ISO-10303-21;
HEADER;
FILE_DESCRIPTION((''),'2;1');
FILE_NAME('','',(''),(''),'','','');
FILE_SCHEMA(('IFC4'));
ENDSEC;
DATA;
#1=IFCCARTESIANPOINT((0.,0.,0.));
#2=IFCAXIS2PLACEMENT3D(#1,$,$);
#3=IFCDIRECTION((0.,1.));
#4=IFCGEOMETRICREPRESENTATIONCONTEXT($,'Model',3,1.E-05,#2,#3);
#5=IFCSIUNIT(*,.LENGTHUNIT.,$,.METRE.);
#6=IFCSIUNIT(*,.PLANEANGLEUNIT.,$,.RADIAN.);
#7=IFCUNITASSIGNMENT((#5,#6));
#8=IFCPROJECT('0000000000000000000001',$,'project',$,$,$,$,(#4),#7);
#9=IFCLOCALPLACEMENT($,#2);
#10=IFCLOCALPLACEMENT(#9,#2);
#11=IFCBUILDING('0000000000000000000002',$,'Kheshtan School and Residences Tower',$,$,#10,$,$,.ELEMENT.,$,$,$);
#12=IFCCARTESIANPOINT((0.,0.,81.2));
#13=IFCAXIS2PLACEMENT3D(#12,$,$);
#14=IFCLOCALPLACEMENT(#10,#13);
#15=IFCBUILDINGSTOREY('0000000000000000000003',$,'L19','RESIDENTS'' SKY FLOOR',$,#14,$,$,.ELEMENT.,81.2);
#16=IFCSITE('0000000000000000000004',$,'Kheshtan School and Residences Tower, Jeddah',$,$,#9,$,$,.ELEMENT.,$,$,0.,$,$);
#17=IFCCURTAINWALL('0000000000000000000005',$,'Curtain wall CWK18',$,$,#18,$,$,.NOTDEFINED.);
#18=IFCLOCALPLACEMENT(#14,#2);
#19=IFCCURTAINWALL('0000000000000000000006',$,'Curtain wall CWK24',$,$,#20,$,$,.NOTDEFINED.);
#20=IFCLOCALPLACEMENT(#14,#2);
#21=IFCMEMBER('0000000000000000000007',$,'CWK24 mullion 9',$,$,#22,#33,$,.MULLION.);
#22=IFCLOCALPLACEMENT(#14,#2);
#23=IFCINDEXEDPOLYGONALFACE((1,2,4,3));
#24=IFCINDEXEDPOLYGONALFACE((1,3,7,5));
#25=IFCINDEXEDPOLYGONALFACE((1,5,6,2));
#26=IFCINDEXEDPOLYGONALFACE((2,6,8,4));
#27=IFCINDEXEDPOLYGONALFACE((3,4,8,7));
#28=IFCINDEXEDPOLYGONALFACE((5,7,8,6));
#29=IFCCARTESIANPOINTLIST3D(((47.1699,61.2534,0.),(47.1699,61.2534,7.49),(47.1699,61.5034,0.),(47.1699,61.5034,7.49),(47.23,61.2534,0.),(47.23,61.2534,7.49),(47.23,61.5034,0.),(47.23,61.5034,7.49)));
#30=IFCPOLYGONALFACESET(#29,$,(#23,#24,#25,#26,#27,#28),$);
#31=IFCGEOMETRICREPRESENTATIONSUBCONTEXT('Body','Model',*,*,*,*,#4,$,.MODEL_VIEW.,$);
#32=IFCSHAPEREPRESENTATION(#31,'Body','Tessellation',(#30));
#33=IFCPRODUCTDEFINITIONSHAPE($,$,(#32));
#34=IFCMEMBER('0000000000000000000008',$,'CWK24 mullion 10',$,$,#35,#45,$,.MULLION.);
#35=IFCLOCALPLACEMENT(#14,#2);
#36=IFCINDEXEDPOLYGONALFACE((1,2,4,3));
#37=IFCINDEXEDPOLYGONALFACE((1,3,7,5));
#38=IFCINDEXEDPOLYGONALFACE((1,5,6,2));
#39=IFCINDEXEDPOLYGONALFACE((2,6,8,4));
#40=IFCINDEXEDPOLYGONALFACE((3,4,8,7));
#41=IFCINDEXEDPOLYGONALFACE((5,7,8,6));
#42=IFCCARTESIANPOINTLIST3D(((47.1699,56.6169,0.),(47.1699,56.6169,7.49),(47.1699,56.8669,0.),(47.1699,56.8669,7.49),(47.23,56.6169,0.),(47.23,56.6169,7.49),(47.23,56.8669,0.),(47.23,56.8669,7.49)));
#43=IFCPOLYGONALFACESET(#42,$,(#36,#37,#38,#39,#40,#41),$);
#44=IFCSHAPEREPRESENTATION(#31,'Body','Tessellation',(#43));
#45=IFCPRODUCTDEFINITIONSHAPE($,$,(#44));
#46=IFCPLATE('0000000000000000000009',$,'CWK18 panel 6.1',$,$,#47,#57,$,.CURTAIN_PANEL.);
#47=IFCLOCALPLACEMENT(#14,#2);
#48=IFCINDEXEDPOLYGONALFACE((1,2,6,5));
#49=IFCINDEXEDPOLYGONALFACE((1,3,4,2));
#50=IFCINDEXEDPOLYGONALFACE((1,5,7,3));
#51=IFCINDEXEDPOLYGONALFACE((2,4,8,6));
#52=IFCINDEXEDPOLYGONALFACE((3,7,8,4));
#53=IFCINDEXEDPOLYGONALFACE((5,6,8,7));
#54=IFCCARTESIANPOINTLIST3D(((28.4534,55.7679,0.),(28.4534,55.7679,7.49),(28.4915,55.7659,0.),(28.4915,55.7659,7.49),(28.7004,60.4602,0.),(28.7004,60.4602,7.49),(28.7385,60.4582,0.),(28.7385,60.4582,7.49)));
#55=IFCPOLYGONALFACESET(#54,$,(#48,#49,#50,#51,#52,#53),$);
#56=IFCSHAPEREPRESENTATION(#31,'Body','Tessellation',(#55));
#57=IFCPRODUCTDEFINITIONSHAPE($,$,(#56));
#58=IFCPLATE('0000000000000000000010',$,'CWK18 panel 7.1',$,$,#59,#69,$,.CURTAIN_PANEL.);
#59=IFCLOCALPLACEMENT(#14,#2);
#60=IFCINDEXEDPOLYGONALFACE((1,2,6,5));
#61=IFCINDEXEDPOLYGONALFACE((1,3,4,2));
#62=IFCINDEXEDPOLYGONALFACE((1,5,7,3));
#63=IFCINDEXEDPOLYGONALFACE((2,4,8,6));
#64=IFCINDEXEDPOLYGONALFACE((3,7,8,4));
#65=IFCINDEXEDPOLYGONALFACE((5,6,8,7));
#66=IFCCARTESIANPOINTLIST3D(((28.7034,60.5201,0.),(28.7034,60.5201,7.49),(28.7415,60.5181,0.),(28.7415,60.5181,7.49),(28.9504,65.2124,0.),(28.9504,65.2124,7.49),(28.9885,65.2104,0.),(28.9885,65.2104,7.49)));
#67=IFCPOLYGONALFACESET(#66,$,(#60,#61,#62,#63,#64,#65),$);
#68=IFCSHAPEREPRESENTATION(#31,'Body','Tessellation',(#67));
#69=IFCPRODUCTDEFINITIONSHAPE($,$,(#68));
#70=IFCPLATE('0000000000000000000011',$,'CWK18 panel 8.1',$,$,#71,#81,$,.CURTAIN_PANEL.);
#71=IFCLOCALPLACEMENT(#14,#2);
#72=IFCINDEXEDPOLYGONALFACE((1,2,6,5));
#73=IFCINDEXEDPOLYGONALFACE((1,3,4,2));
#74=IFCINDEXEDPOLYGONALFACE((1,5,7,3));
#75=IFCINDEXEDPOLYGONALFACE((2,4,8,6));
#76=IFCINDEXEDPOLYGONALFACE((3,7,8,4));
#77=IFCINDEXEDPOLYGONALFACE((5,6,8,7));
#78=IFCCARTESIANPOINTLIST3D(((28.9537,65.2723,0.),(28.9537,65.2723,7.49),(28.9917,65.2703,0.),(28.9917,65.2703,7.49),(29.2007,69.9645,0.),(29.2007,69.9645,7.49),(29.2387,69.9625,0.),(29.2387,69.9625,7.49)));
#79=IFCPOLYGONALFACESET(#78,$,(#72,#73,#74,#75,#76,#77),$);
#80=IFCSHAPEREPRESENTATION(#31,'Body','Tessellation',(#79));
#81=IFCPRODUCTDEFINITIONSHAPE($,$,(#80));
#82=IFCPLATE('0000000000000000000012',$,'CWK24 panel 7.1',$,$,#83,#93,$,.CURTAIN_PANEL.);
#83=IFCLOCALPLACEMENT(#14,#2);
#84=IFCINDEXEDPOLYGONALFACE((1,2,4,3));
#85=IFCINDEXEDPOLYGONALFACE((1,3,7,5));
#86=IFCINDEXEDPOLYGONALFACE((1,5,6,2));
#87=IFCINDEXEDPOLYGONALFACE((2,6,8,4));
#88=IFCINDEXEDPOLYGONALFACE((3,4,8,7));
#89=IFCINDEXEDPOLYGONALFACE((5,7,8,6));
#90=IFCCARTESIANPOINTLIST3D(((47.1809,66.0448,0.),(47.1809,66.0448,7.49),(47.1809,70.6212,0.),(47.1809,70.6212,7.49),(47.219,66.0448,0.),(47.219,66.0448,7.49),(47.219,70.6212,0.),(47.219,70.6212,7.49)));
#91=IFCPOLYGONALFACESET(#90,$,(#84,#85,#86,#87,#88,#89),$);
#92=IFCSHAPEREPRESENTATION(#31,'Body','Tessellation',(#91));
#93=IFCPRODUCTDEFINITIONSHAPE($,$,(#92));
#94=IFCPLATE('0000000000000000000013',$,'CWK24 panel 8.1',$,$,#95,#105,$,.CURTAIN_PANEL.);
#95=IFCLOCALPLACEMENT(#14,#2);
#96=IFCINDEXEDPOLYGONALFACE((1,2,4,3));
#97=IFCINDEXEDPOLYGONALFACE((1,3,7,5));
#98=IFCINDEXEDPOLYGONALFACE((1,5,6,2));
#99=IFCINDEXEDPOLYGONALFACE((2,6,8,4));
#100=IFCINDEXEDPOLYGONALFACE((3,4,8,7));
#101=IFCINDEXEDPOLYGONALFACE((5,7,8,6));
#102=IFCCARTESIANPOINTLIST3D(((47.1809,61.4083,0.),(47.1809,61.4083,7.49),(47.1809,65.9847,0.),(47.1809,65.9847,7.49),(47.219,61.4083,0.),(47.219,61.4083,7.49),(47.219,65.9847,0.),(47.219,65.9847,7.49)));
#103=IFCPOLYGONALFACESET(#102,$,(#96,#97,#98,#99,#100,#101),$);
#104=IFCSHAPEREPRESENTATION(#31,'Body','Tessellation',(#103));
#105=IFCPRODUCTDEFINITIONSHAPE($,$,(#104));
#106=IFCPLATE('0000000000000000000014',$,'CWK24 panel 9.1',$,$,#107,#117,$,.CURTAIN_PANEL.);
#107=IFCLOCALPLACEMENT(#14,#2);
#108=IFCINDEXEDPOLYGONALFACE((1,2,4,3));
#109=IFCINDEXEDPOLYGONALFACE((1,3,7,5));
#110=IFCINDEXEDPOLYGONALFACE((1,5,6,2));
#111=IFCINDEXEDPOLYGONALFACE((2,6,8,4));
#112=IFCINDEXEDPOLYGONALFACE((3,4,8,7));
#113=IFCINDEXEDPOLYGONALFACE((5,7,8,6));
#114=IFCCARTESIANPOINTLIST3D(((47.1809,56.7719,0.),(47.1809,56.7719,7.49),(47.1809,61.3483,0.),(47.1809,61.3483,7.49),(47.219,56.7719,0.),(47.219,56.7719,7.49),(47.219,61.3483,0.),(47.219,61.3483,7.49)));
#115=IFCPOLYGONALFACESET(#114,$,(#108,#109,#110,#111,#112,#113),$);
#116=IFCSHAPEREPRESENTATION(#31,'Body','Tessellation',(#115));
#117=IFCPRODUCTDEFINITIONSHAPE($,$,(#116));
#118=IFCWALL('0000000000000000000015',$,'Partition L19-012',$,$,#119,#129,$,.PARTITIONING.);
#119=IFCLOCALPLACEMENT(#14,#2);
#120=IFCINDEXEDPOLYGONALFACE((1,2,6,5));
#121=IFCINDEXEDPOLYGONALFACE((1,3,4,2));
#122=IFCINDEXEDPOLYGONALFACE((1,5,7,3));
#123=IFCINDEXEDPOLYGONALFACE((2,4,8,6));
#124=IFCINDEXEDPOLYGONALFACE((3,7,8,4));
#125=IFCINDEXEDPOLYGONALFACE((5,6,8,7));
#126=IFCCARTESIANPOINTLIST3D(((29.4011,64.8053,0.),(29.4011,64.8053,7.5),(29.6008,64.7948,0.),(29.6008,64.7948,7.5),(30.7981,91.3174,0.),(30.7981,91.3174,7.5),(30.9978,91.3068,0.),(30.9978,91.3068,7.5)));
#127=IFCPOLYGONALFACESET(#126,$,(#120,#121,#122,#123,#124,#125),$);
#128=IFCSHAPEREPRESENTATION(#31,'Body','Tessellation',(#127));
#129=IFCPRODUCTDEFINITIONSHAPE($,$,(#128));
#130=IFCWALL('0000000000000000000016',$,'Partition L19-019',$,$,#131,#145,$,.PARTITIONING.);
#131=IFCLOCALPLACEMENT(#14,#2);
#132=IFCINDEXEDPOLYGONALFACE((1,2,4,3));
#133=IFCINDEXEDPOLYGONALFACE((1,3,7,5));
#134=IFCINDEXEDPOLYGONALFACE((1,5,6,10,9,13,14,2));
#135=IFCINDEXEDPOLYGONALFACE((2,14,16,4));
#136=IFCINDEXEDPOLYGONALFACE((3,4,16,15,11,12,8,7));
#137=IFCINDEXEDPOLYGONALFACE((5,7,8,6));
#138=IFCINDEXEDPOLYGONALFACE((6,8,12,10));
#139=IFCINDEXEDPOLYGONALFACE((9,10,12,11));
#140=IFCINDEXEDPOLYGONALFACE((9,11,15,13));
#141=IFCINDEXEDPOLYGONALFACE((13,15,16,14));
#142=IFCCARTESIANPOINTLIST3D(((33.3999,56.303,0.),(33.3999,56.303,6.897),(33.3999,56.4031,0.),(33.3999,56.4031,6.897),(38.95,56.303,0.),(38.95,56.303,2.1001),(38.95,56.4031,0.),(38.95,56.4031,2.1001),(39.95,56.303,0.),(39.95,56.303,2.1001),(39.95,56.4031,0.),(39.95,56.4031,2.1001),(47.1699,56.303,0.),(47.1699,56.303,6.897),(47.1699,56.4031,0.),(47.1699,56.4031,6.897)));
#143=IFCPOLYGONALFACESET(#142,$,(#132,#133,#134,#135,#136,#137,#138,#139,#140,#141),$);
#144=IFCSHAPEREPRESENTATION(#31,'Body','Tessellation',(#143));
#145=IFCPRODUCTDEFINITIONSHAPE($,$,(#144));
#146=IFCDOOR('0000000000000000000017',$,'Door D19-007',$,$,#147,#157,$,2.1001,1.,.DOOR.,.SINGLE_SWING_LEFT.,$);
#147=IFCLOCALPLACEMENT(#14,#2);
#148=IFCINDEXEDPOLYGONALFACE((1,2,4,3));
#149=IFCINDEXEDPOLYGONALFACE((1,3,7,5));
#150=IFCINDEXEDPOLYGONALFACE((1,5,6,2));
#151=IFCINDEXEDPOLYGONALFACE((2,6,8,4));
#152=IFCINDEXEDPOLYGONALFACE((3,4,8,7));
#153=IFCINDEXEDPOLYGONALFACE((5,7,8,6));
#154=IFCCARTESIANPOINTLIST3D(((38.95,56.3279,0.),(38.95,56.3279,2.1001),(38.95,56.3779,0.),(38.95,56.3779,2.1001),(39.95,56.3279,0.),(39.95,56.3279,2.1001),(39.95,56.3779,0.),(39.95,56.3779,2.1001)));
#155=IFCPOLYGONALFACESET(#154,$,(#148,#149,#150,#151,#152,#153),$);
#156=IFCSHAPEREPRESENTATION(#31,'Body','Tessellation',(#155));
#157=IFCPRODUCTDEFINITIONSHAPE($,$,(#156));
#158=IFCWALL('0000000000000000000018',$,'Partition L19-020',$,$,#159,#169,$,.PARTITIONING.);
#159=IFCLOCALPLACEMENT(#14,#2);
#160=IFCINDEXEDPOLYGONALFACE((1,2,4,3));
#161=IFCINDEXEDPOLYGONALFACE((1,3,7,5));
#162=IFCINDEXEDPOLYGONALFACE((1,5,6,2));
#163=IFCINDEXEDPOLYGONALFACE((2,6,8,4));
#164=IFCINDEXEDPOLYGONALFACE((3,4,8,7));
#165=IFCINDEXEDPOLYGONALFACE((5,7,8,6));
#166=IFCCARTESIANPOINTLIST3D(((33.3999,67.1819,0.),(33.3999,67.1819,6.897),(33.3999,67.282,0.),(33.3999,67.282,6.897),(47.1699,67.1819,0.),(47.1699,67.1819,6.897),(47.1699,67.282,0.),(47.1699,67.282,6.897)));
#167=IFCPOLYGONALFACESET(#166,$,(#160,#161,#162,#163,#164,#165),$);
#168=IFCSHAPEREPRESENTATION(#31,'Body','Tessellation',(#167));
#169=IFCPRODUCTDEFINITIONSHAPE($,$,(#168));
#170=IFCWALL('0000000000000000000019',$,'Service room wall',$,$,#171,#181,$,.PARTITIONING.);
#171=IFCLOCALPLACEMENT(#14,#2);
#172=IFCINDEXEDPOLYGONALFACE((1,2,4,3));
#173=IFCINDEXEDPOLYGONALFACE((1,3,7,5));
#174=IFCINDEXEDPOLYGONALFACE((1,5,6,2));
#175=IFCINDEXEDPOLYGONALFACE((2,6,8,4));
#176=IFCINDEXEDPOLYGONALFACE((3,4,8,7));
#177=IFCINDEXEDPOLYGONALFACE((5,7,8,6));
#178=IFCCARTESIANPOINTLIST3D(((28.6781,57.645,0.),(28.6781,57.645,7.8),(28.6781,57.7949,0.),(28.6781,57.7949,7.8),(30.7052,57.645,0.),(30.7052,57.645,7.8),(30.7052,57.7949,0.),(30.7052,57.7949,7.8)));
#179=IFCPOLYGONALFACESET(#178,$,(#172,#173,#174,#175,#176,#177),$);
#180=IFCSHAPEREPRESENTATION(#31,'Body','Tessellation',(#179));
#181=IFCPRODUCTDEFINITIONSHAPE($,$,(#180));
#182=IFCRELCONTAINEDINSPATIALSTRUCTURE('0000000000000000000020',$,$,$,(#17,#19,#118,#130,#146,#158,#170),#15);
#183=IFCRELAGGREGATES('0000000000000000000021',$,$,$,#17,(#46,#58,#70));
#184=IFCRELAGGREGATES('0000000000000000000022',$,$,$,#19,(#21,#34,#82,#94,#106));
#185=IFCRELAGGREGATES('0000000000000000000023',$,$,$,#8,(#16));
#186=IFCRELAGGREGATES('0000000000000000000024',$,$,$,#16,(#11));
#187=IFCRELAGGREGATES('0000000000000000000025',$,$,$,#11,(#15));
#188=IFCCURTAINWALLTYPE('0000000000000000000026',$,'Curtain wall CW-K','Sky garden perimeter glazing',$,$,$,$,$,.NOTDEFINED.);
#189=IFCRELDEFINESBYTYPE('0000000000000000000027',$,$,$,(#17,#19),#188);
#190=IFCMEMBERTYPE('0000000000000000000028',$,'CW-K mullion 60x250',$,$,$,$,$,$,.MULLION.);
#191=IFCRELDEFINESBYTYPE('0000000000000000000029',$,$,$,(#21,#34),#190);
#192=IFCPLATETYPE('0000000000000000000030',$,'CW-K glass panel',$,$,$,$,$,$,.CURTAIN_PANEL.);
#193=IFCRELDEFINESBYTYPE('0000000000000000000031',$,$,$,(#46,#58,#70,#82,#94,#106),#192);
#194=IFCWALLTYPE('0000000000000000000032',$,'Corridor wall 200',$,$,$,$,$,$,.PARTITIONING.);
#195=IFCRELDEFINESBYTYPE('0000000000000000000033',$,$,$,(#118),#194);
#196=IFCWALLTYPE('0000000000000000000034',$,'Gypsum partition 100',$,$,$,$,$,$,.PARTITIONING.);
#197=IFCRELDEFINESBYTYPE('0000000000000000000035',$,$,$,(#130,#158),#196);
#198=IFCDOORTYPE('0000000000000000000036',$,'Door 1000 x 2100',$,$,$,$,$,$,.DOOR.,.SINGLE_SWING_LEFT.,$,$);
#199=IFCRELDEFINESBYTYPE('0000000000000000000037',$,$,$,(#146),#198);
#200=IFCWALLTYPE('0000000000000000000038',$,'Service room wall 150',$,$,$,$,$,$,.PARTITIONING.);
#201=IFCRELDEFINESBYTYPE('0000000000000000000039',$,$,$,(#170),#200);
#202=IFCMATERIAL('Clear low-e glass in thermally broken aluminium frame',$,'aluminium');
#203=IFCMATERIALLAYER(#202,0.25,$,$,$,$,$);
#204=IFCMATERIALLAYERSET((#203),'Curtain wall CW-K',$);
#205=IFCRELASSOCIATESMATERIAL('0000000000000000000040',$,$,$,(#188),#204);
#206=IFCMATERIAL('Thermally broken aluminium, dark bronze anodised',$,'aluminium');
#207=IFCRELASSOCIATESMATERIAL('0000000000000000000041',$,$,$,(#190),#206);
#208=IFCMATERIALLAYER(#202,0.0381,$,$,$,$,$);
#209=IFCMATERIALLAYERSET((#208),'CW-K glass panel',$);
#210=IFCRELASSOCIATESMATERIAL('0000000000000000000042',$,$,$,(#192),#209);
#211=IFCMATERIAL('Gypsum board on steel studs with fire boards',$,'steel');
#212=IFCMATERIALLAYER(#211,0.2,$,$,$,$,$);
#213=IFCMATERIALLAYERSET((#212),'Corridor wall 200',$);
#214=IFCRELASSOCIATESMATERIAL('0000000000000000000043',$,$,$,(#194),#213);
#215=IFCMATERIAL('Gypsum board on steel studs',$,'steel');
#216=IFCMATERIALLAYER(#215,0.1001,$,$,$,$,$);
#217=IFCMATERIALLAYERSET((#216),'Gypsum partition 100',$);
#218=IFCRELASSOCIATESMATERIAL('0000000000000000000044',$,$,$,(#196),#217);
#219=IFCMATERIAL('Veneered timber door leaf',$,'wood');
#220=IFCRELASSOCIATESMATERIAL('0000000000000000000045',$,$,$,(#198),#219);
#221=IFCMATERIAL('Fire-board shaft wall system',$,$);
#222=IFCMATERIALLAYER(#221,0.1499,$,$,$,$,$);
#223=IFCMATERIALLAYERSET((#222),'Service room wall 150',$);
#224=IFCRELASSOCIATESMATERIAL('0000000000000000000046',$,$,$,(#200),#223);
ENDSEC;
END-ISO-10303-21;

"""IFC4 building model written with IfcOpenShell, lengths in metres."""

from ifc_helpers import new_model, si_unit, direction, frame, frame_2d, origin, origin_2d, place, context, subcontext, project, spatial, rectangle, extrude, source, transform, mapped, material, layer, layer_set, material_profile, profile_set, type_object, element, fill, aggregate, save


model = new_model("IFC4")

# Units and contexts
model_context = context("Model", 3, precision=1e-05, world=origin(), true_north=direction((0.0, 1.0)))
body_context = subcontext(model_context, "Body", "Model", "MODEL_VIEW")
ifc_project = project(units=[si_unit("LENGTHUNIT", "METRE"), si_unit("PLANEANGLEUNIT", "RADIAN")], contexts=[model_context])

# Site, building, storey
site_placement = place(None, origin())
site = spatial("IfcSite", under=ifc_project, at=site_placement, Name="Kheshtan School and Residences Tower, Jeddah", CompositionType="ELEMENT", RefElevation=0.0)
building_placement = place(site_placement, origin())
building = spatial("IfcBuilding", under=site, at=building_placement, Name="Kheshtan School and Residences Tower", CompositionType="ELEMENT")
storey_placement = place(building_placement, frame((0.0, 0.0, 81.2)))
storey = spatial("IfcBuildingStorey", under=building, at=storey_placement, Name="L19", Description="RESIDENTS' SKY FLOOR", CompositionType="ELEMENT", Elevation=81.2)

# Curtain walls, members
ifc_material_1 = material(Name="Clear low-e glass in thermally broken aluminium frame", Category="aluminium")
ifc_layer_1 = layer(ifc_material_1, 0.25)
ifc_layer_set_1 = layer_set([ifc_layer_1], Name="Curtain wall CW-K")
curtain_wall_type = type_object("IfcCurtainWallType", Name="Curtain wall CW-K", Description="Sky garden perimeter glazing", PredefinedType="NOTDEFINED", material=ifc_layer_set_1)
curtain_wall_1_placement = place(storey_placement, origin())
curtain_wall_1 = element("IfcCurtainWall", 1, at=curtain_wall_1_placement, inside=storey, type_object=curtain_wall_type, Name="Curtain wall CWK18", PredefinedType="NOTDEFINED")
ifc_material_2 = material(Name="Thermally broken aluminium, dark bronze anodised", Category="aluminium")
ifc_material_profile_1 = material_profile(ifc_material_2, rectangle(XDim=0.0601, YDim=0.25, at=origin_2d()), Name="CW-K mullion 60x250")
ifc_profile_set_1 = profile_set([ifc_material_profile_1], Name="Thermally broken aluminium, dark bronze anodised")
member_type = type_object("IfcMemberType", Name="CW-K mullion 60x250", PredefinedType="MULLION", material=ifc_profile_set_1)
curtain_wall_2_placement = place(storey_placement, origin())
curtain_wall_2 = element("IfcCurtainWall", 2, at=curtain_wall_2_placement, inside=storey, type_object=curtain_wall_type, Name="Curtain wall CWK24", PredefinedType="NOTDEFINED")
member_1_placement = place(storey_placement, frame((47.2, 61.3784, 0.0), z_axis=(0.0, 0.0, 1.0), x_axis=(1.0, 0.0, 0.0)))
member_1 = element("IfcMember", 3, at=member_1_placement, type_object=member_type, Name="CWK24 mullion 9", PredefinedType="MULLION", context=body_context, shape_type="SweptSolid", body=[
    extrude(rectangle(XDim=0.0601, YDim=0.25, at=origin_2d()), origin(), (0.0, 0.0, 1.0), 7.49),
])
member_2_placement = place(storey_placement, frame((47.2, 56.7419, 0.0), z_axis=(0.0, 0.0, 1.0), x_axis=(1.0, 0.0, 0.0)))
member_2 = element("IfcMember", 4, at=member_2_placement, type_object=member_type, Name="CWK24 mullion 10", PredefinedType="MULLION", context=body_context, shape_type="SweptSolid", body=[
    extrude(rectangle(XDim=0.0601, YDim=0.25, at=origin_2d()), origin(), (0.0, 0.0, 1.0), 7.49),
])

# Plates
ifc_layer_2 = layer(ifc_material_1, 0.0381)
ifc_layer_set_2 = layer_set([ifc_layer_2], Name="CW-K glass panel")
plate_type = type_object("IfcPlateType", Name="CW-K glass panel", PredefinedType="CURTAIN_PANEL", material=ifc_layer_set_2)
plate_1_placement = place(storey_placement, frame((28.5959, 58.113, 0.0), z_axis=(0.0, 0.0, 1.0), x_axis=(0.052565, 0.998617, 0.0)))
plate_1 = element("IfcPlate", 5, at=plate_1_placement, type_object=plate_type, Name="CWK18 panel 6.1", PredefinedType="CURTAIN_PANEL", context=body_context, shape_type="SweptSolid", body=[
    extrude(rectangle(XDim=4.6987, YDim=0.0381, at=origin_2d()), origin(), (0.0, 0.0, 1.0), 7.49),
])
plate_2_placement = place(storey_placement, frame((28.8459, 62.8652, 0.0), z_axis=(0.0, 0.0, 1.0), x_axis=(0.052565, 0.998617, 0.0)))
plate_2 = element("IfcPlate", 6, at=plate_2_placement, type_object=plate_type, Name="CWK18 panel 7.1", PredefinedType="CURTAIN_PANEL", context=body_context, shape_type="SweptSolid", body=[
    extrude(rectangle(XDim=4.6987, YDim=0.0381, at=origin_2d()), origin(), (0.0, 0.0, 1.0), 7.49),
])
plate_3_placement = place(storey_placement, frame((29.0962, 67.6174, 0.0), z_axis=(0.0, 0.0, 1.0), x_axis=(0.052565, 0.998617, 0.0)))
plate_3 = element("IfcPlate", 7, at=plate_3_placement, type_object=plate_type, Name="CWK18 panel 8.1", PredefinedType="CURTAIN_PANEL", context=body_context, shape_type="SweptSolid", body=[
    extrude(rectangle(XDim=4.6987, YDim=0.0381, at=origin_2d()), origin(), (0.0, 0.0, 1.0), 7.49),
])
aggregate(curtain_wall_1, [plate_1, plate_2, plate_3])
plate_4_placement = place(storey_placement, frame((47.2, 68.333, 0.0), z_axis=(0.0, 0.0, 1.0), x_axis=(0.0, -1.0, 0.0)))
plate_4 = element("IfcPlate", 8, at=plate_4_placement, type_object=plate_type, Name="CWK24 panel 7.1", PredefinedType="CURTAIN_PANEL", context=body_context, shape_type="SweptSolid", body=[
    extrude(rectangle(XDim=4.5764, YDim=0.0381, at=origin_2d()), origin(), (0.0, 0.0, 1.0), 7.49),
])
plate_5_placement = place(storey_placement, frame((47.2, 63.6965, 0.0), z_axis=(0.0, 0.0, 1.0), x_axis=(0.0, -1.0, 0.0)))
plate_5 = element("IfcPlate", 9, at=plate_5_placement, type_object=plate_type, Name="CWK24 panel 8.1", PredefinedType="CURTAIN_PANEL", context=body_context, shape_type="SweptSolid", body=[
    extrude(rectangle(XDim=4.5764, YDim=0.0381, at=origin_2d()), origin(), (0.0, 0.0, 1.0), 7.49),
])
plate_6_placement = place(storey_placement, frame((47.2, 59.0601, 0.0), z_axis=(0.0, 0.0, 1.0), x_axis=(0.0, -1.0, 0.0)))
plate_6 = element("IfcPlate", 10, at=plate_6_placement, type_object=plate_type, Name="CWK24 panel 9.1", PredefinedType="CURTAIN_PANEL", context=body_context, shape_type="SweptSolid", body=[
    extrude(rectangle(XDim=4.5764, YDim=0.0381, at=origin_2d()), origin(), (0.0, 0.0, 1.0), 7.49),
])
aggregate(curtain_wall_2, [member_1, member_2, plate_4, plate_5, plate_6])

# Wall
ifc_material_3 = material(Name="Gypsum board on steel studs with fire boards", Category="steel")
ifc_layer_3 = layer(ifc_material_3, 0.2)
ifc_layer_set_3 = layer_set([ifc_layer_3], Name="Corridor wall 200")
wall_type_1 = type_object("IfcWallType", Name="Corridor wall 200", PredefinedType="PARTITIONING", material=ifc_layer_set_3)
wall_1_placement = place(storey_placement, frame((29.501, 64.8, 0.0), z_axis=(0.0, 0.0, 1.0), x_axis=(0.052619, 0.998615, 0.0)))
element("IfcWall", 11, at=wall_1_placement, inside=storey, type_object=wall_type_1, Name="Partition L19-012", PredefinedType="PARTITIONING", context=body_context, shape_type="SweptSolid", body=[
    extrude(rectangle(XDim=26.5488, YDim=0.2, at=frame_2d((13.2744, 0.0))), origin(), (0.0, 0.0, 1.0), 7.5),
])

# Wall, opening, door
ifc_material_4 = material(Name="Gypsum board on steel studs", Category="steel")
ifc_layer_4 = layer(ifc_material_4, 0.1001)
ifc_layer_set_4 = layer_set([ifc_layer_4], Name="Gypsum partition 100")
wall_type_2 = type_object("IfcWallType", Name="Gypsum partition 100", PredefinedType="PARTITIONING", material=ifc_layer_set_4)
wall_2_placement = place(storey_placement, frame((33.3999, 56.353, 0.0), z_axis=(0.0, 0.0, 1.0), x_axis=(1.0, 0.0, 0.0)))
wall_2 = element("IfcWall", 12, at=wall_2_placement, inside=storey, type_object=wall_type_2, Name="Partition L19-019", PredefinedType="PARTITIONING", context=body_context, shape_type="SweptSolid", body=[
    extrude(rectangle(XDim=13.77, YDim=0.1001, at=frame_2d((6.885, 0.0))), origin(), (0.0, 0.0, 1.0), 6.897),
])
opening_placement = place(wall_2_placement, frame((5.55, 0.0, 0.0)))
opening = element("IfcOpeningElement", 13, at=opening_placement, cuts=wall_2, PredefinedType="OPENING", context=body_context, shape_type="SweptSolid", body=[
    extrude(rectangle(XDim=1.0, YDim=2.1001, at=frame_2d((0.5, 1.05))), frame((0.0, 0.0601, 0.0), z_axis=(0.0, -1.0, 0.0), x_axis=(1.0, 0.0, 0.0)), (0.0, 0.0, 1.0), 0.1201),
])
ifc_material_5 = material(Name="Veneered timber door leaf", Category="wood")
door_type = type_object("IfcDoorType", Name="Door 1000 x 2100", OperationType="SINGLE_SWING_LEFT", PredefinedType="DOOR", material=ifc_material_5)
shared_shape = source(origin(), body_context, "Body", "SweptSolid", [
    extrude(rectangle(XDim=1.0, YDim=2.1001, at=frame_2d((0.5, 1.05))), frame((0.0, 0.0249, 0.0), z_axis=(0.0, -1.0, 0.0), x_axis=(1.0, 0.0, 0.0)), (0.0, 0.0, 1.0), 0.05),
])
door_placement = place(opening_placement, origin())
door = element("IfcDoor", 14, at=door_placement, inside=storey, type_object=door_type, Name="Door D19-007", OperationType="SINGLE_SWING_LEFT", OverallHeight=2.1001, OverallWidth=1.0, PredefinedType="DOOR", context=body_context, shape_type="MappedRepresentation", body=[
    mapped(shared_shape, transform((0.0, 0.0, 0.0), x_axis=(1.0, 0.0, 0.0), y_axis=(0.0, 1.0, 0.0), z_axis=(0.0, 0.0, 1.0), scale=1.0)),
])
fill(opening, door)

# Walls
wall_3_placement = place(storey_placement, frame((33.3999, 67.2319, 0.0), z_axis=(0.0, 0.0, 1.0), x_axis=(1.0, 0.0, 0.0)))
element("IfcWall", 15, at=wall_3_placement, inside=storey, type_object=wall_type_2, Name="Partition L19-020", PredefinedType="PARTITIONING", context=body_context, shape_type="SweptSolid", body=[
    extrude(rectangle(XDim=13.77, YDim=0.1001, at=frame_2d((6.885, 0.0))), origin(), (0.0, 0.0, 1.0), 6.897),
])
ifc_material_6 = material(Name="Fire-board shaft wall system")
ifc_layer_5 = layer(ifc_material_6, 0.1499)
ifc_layer_set_5 = layer_set([ifc_layer_5], Name="Service room wall 150")
wall_type_3 = type_object("IfcWallType", Name="Service room wall 150", PredefinedType="PARTITIONING", material=ifc_layer_set_5)
wall_4_placement = place(storey_placement, frame((28.678, 57.72, 0.0), z_axis=(0.0, 0.0, 1.0), x_axis=(1.0, 0.0, 0.0)))
element("IfcWall", 16, at=wall_4_placement, inside=storey, type_object=wall_type_3, Name="Service room wall", PredefinedType="PARTITIONING", context=body_context, shape_type="SweptSolid", body=[
    extrude(rectangle(XDim=2.0271, YDim=0.1499, at=frame_2d((1.0137, 0.0))), origin(), (0.0, 0.0, 1.0), 7.8),
])

save(model, "model.ifc")
